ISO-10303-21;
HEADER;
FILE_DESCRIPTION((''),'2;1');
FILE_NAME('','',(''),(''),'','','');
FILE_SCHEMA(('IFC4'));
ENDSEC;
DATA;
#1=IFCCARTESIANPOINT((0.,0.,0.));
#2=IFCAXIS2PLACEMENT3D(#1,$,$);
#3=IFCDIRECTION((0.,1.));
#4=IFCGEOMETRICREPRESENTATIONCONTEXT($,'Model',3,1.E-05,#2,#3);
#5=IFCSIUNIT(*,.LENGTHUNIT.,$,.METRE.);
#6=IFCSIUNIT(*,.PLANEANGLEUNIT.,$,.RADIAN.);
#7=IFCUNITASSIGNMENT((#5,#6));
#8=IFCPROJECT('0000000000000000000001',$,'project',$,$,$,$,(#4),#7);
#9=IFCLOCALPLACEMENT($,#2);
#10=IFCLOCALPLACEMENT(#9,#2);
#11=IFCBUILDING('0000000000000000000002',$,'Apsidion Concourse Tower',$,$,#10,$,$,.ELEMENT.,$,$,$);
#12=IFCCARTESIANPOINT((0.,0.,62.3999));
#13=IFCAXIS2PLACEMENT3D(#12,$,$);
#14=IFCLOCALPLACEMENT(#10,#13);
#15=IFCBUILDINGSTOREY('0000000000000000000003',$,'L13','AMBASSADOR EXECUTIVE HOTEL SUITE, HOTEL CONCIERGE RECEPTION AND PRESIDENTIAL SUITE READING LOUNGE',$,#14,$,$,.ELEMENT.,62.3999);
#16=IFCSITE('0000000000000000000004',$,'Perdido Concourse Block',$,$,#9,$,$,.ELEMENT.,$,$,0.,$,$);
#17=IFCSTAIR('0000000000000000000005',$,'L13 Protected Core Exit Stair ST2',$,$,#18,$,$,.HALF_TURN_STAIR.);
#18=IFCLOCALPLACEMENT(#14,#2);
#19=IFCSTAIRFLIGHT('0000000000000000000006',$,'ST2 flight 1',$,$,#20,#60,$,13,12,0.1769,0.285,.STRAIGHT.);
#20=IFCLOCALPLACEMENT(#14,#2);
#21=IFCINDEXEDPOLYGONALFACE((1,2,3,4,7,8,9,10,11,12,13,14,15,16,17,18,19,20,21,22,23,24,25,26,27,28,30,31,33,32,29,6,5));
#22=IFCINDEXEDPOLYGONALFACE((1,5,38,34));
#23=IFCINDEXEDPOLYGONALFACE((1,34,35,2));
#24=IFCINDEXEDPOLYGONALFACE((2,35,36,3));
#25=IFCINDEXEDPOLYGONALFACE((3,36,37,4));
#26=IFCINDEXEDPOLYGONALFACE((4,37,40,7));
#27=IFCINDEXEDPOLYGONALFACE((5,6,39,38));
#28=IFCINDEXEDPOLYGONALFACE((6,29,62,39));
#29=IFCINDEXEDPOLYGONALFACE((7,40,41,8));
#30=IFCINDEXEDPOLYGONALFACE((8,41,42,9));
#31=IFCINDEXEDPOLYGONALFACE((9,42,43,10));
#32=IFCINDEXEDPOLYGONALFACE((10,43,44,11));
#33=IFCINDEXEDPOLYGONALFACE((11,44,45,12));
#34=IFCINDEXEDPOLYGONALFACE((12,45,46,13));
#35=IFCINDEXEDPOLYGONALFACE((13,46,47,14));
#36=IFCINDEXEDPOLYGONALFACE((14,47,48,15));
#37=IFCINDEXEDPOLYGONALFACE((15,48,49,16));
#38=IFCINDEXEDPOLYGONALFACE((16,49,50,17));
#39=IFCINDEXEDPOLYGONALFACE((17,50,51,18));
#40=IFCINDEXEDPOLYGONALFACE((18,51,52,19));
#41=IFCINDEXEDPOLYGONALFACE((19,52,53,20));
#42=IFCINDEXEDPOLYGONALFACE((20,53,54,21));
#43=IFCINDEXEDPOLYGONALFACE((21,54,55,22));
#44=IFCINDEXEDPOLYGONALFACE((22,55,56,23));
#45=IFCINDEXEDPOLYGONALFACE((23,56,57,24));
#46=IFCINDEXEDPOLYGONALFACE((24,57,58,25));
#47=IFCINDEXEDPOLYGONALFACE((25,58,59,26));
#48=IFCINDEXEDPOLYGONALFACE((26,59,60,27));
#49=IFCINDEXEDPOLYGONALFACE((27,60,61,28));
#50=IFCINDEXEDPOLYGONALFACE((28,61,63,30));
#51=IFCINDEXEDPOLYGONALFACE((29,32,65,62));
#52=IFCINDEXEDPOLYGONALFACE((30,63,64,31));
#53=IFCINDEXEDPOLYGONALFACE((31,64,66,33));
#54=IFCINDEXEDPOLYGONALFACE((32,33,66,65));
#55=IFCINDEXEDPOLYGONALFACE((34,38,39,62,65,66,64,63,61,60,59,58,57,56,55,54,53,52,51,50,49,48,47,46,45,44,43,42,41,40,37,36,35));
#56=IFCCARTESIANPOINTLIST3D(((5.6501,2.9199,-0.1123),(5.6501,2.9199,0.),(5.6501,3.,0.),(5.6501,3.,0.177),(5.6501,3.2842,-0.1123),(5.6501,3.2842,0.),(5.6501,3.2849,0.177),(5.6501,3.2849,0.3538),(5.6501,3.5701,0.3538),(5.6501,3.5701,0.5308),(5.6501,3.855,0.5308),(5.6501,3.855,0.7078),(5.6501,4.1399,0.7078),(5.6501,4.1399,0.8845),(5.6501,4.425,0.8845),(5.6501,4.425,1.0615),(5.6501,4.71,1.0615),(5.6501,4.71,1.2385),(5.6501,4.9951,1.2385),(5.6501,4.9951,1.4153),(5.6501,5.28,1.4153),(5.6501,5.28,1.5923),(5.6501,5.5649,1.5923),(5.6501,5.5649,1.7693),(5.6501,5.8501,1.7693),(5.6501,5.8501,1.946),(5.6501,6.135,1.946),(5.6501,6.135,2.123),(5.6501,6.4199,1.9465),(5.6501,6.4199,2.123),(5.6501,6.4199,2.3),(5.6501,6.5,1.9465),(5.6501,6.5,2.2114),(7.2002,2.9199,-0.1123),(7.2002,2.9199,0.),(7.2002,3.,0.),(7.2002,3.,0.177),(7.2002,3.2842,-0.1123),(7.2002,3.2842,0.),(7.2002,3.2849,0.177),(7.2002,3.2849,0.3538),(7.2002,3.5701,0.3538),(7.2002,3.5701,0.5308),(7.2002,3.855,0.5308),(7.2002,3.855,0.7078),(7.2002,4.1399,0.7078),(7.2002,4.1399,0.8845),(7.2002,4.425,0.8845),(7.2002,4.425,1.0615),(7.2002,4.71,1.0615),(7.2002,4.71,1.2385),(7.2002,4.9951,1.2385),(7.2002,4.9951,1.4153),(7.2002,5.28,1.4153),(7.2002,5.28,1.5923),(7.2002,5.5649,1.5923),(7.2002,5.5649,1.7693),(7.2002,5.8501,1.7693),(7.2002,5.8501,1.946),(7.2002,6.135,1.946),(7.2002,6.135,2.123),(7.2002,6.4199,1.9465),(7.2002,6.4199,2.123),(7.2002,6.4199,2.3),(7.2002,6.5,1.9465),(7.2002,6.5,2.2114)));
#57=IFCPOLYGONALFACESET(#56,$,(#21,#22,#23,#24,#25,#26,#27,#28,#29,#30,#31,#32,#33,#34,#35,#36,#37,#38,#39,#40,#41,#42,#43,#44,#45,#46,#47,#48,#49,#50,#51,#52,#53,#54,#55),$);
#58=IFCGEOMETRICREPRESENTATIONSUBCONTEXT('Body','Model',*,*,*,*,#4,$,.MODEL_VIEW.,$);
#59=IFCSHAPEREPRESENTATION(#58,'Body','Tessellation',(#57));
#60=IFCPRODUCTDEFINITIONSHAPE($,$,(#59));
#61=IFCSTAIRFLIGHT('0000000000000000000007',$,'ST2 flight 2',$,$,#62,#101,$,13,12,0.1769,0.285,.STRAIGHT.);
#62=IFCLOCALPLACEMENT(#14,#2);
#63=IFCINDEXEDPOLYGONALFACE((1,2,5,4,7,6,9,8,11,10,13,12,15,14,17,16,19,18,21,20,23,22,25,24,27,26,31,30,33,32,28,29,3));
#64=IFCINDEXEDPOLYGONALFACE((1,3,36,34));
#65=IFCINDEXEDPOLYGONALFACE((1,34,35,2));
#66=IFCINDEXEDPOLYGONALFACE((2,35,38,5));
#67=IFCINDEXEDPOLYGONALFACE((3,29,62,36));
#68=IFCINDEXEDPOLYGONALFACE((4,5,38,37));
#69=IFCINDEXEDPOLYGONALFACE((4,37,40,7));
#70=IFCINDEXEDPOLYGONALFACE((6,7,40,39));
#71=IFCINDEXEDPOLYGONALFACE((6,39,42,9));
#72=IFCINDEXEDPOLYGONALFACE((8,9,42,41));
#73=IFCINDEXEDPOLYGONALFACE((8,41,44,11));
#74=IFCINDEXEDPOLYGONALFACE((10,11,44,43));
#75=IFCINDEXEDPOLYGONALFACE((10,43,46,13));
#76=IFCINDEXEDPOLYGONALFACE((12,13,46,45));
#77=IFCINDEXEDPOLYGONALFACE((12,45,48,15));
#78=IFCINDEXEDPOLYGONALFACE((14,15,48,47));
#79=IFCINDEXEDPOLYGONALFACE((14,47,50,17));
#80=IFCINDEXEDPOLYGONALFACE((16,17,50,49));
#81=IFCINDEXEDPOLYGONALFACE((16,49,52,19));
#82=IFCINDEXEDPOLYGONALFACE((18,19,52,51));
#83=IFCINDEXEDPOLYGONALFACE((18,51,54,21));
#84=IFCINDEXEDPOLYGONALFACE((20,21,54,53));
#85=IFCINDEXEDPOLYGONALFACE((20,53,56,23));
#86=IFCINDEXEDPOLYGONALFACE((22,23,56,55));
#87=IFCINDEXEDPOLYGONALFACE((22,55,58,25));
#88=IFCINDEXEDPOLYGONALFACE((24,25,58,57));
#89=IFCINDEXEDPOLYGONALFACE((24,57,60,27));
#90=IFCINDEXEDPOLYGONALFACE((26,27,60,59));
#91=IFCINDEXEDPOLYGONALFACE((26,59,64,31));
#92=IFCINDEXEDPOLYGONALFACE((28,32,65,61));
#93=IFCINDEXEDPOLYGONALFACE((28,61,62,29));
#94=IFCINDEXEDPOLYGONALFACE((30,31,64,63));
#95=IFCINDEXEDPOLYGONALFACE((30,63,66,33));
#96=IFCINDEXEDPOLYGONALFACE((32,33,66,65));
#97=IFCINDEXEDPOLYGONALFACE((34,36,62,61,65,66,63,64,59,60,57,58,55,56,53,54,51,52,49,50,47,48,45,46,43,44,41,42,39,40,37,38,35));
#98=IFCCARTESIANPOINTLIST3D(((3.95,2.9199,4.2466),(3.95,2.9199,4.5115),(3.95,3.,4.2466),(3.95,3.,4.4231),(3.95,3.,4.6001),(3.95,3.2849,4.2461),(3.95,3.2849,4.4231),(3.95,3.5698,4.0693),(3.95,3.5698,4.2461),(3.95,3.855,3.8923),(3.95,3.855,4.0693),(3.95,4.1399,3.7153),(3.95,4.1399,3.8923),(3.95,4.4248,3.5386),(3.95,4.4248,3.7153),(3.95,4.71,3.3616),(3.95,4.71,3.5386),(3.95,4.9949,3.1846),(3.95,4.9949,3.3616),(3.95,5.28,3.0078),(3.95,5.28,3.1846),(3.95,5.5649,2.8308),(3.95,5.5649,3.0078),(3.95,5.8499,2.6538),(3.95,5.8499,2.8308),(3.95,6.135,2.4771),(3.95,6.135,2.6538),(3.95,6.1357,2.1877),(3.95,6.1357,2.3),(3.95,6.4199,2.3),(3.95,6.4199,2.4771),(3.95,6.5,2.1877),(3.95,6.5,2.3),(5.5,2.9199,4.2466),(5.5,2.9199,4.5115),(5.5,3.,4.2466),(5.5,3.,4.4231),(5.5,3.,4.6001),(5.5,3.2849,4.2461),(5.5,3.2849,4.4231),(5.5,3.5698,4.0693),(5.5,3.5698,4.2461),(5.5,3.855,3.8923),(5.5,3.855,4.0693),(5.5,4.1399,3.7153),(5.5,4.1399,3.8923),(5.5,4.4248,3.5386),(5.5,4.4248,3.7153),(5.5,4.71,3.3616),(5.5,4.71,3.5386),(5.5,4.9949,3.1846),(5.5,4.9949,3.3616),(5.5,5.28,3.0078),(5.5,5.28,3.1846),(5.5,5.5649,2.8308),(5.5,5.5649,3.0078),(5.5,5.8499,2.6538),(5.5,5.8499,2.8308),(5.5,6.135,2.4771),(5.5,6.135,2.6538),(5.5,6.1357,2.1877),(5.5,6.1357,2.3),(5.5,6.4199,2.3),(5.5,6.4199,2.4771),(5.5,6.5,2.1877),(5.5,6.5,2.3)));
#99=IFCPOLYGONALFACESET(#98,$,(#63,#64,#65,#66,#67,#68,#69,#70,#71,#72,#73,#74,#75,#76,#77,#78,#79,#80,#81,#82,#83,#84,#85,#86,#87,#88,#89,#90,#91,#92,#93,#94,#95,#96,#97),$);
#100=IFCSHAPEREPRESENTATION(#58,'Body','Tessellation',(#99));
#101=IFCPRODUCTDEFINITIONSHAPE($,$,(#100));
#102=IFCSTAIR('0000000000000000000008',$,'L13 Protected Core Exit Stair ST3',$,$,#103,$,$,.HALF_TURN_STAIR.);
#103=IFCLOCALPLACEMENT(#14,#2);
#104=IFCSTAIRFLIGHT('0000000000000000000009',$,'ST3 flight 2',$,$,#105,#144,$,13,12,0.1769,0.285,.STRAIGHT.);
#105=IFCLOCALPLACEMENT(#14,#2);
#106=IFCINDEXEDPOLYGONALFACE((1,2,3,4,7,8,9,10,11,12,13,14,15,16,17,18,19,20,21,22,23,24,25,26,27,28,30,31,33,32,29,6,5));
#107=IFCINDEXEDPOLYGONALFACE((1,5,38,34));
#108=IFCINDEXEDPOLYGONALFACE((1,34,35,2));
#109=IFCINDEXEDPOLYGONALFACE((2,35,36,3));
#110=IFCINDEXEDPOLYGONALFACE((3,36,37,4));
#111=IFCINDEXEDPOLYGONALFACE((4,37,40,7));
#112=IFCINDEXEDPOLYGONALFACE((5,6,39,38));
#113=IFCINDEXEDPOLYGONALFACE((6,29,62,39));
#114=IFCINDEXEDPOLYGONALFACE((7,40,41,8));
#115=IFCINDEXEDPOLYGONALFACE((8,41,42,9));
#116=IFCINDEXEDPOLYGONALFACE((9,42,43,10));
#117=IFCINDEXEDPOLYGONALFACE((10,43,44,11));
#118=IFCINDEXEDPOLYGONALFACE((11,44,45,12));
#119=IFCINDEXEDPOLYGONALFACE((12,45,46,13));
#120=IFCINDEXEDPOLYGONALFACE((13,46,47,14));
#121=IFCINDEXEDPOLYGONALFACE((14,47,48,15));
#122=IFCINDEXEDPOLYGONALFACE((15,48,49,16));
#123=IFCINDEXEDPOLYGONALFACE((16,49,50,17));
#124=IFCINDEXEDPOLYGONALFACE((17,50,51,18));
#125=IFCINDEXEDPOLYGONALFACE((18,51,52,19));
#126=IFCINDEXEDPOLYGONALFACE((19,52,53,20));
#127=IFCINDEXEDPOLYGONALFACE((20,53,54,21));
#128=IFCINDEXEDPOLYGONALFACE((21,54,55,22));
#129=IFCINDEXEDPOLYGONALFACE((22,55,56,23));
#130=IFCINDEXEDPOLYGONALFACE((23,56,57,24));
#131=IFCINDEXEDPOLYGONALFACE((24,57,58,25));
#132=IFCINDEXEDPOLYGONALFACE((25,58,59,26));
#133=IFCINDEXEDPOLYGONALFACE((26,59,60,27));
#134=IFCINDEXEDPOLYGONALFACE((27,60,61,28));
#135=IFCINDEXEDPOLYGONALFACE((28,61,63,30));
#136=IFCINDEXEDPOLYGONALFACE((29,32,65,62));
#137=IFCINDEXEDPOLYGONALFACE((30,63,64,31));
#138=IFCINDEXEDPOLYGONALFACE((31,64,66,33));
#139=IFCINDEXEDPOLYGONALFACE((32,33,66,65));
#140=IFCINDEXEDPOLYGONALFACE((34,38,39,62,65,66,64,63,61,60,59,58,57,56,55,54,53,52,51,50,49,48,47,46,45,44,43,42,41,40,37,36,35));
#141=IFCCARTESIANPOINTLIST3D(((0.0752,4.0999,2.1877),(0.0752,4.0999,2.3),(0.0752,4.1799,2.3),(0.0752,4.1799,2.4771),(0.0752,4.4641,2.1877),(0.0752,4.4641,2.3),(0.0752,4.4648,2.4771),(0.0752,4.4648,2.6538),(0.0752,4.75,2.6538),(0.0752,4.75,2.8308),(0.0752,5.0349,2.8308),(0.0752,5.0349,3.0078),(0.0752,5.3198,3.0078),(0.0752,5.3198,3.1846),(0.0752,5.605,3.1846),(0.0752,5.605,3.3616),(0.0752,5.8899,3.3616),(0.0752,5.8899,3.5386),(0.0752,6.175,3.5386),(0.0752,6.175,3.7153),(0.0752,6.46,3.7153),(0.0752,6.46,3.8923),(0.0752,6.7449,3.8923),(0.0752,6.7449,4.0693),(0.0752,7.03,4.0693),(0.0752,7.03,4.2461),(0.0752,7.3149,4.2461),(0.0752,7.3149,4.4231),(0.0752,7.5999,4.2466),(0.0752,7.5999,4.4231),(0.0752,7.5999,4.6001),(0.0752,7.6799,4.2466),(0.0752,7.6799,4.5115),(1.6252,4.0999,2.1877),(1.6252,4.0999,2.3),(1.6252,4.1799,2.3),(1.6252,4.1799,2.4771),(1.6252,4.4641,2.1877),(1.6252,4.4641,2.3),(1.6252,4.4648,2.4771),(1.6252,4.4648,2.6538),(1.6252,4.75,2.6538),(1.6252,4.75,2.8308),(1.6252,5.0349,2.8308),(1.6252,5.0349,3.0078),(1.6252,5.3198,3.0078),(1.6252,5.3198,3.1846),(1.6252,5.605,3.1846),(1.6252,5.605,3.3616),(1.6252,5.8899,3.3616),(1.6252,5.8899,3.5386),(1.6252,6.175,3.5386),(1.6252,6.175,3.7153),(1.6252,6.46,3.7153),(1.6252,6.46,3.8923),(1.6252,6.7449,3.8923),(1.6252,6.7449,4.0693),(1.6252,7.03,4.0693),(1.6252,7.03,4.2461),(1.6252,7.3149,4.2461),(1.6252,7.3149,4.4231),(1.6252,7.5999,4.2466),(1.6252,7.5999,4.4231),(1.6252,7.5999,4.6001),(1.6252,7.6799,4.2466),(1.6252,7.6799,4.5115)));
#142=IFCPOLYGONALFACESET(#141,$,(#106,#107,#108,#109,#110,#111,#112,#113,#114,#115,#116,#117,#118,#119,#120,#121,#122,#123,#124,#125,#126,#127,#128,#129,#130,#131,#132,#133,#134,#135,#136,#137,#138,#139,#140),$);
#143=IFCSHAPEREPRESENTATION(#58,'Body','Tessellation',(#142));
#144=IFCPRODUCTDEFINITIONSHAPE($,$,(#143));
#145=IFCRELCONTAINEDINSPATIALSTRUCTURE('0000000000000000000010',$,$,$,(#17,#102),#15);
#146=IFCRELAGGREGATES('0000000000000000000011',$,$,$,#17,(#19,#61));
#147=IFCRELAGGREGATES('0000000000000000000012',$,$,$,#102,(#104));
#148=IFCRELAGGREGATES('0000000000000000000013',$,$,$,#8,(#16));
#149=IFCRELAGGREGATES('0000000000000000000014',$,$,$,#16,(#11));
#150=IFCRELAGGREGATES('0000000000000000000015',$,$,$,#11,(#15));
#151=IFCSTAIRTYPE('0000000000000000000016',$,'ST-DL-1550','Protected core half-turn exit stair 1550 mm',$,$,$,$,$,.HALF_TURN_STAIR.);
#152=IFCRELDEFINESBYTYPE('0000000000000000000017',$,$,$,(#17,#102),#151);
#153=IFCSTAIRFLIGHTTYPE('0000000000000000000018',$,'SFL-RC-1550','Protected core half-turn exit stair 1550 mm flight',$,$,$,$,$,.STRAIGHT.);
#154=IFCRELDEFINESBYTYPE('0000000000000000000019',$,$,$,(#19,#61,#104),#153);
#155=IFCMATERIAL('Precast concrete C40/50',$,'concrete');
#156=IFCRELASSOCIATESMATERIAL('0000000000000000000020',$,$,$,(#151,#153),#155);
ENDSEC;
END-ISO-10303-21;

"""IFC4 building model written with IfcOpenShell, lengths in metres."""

from ifc_helpers import new_model, si_unit, direction, frame, origin, place, context, subcontext, project, spatial, polyline, outline, extrude, material, type_object, element, aggregate, save


model = new_model("IFC4")

# Units and contexts
model_context = context("Model", 3, precision=1e-05, world=origin(), true_north=direction((0.0, 1.0)))
body_context = subcontext(model_context, "Body", "Model", "MODEL_VIEW")
ifc_project = project(units=[si_unit("LENGTHUNIT", "METRE"), si_unit("PLANEANGLEUNIT", "RADIAN")], contexts=[model_context])

# Site, building, storey
site_placement = place(None, origin())
site = spatial("IfcSite", under=ifc_project, at=site_placement, Name="Perdido Concourse Block", CompositionType="ELEMENT", RefElevation=0.0)
building_placement = place(site_placement, origin())
building = spatial("IfcBuilding", under=site, at=building_placement, Name="Apsidion Concourse Tower", CompositionType="ELEMENT")
storey_placement = place(building_placement, frame((0.0, 0.0, 62.3999)))
storey = spatial("IfcBuildingStorey", under=building, at=storey_placement, Name="L13", Description="AMBASSADOR EXECUTIVE HOTEL SUITE, HOTEL CONCIERGE RECEPTION AND PRESIDENTIAL SUITE READING LOUNGE", CompositionType="ELEMENT", Elevation=62.3999)

# Stair, stair flights
ifc_material_1 = material(Name="Precast concrete C40/50", Category="concrete")
stair_type = type_object("IfcStairType", Name="ST-DL-1550", Description="Protected core half-turn exit stair 1550 mm", PredefinedType="HALF_TURN_STAIR", material=ifc_material_1)
stair_1_placement = place(storey_placement, origin())
stair_1 = element("IfcStair", 1, at=stair_1_placement, inside=storey, type_object=stair_type, Name="L13 Protected Core Exit Stair ST2", PredefinedType="HALF_TURN_STAIR")
stair_flight_type = type_object("IfcStairFlightType", Name="SFL-RC-1550", Description="Protected core half-turn exit stair 1550 mm flight", PredefinedType="STRAIGHT", material=ifc_material_1)
stair_flight_1_placement = place(storey_placement, frame((6.425, 3.0, 0.0), z_axis=(0.0, 0.0, 1.0), x_axis=(0.0, 1.0, 0.0)))
stair_flight_1 = element("IfcStairFlight", 2, at=stair_flight_1_placement, type_object=stair_flight_type, Name="ST2 flight 1", NumberOfRisers=13, NumberOfTreads=12, PredefinedType="STRAIGHT", RiserHeight=0.1769, TreadLength=0.285, context=body_context, shape_type="SweptSolid", body=[
    extrude(outline(polyline([(-0.0801, -0.1123), (-0.0801, 0.0), (0.0, 0.0), (0.0, 0.177), (0.2849, 0.177), (0.2849, 0.3538), (0.5701, 0.3538), (0.5701, 0.5308), (0.855, 0.5308), (0.855, 0.7078), (1.1399, 0.7078), (1.1399, 0.8845), (1.425, 0.8845), (1.425, 1.0615), (1.71, 1.0615), (1.71, 1.2385), (1.9951, 1.2385), (1.9951, 1.4153), (2.28, 1.4153), (2.28, 1.5923), (2.5649, 1.5923), (2.5649, 1.7693), (2.8501, 1.7693), (2.8501, 1.946), (3.135, 1.946), (3.135, 2.123), (3.4199, 2.123), (3.4199, 2.3), (3.5, 2.2114), (3.5, 1.9465), (3.4199, 1.9465), (0.2842, 0.0), (0.2842, -0.1123), (-0.0801, -0.1123)])), frame((0.0, 0.7749, 0.0), z_axis=(0.0, -1.0, 0.0), x_axis=(1.0, 0.0, 0.0)), (0.0, 0.0, 1.0), 1.55),
])
stair_flight_2_placement = place(storey_placement, frame((4.7251, 6.4199, 2.3), z_axis=(0.0, 0.0, 1.0), x_axis=(0.0, -1.0, 0.0)))
stair_flight_2 = element("IfcStairFlight", 3, at=stair_flight_2_placement, type_object=stair_flight_type, Name="ST2 flight 2", NumberOfRisers=13, NumberOfTreads=12, PredefinedType="STRAIGHT", RiserHeight=0.1769, TreadLength=0.285, context=body_context, shape_type="SweptSolid", body=[
    extrude(outline(polyline([(-0.0801, -0.1123), (-0.0801, 0.0), (0.0, 0.0), (0.0, 0.177), (0.2849, 0.177), (0.2849, 0.3538), (0.5701, 0.3538), (0.5701, 0.5308), (0.855, 0.5308), (0.855, 0.7078), (1.1399, 0.7078), (1.1399, 0.8845), (1.425, 0.8845), (1.425, 1.0615), (1.71, 1.0615), (1.71, 1.2385), (1.9951, 1.2385), (1.9951, 1.4153), (2.28, 1.4153), (2.28, 1.5923), (2.5649, 1.5923), (2.5649, 1.7693), (2.8501, 1.7693), (2.8501, 1.946), (3.135, 1.946), (3.135, 2.123), (3.4199, 2.123), (3.4199, 2.3), (3.5, 2.2114), (3.5, 1.9465), (3.4199, 1.9465), (0.2842, 0.0), (0.2842, -0.1123), (-0.0801, -0.1123)])), frame((0.0, 0.7749, 0.0), z_axis=(0.0, -1.0, 0.0), x_axis=(1.0, 0.0, 0.0)), (0.0, 0.0, 1.0), 1.55),
])
aggregate(stair_1, [stair_flight_1, stair_flight_2])

# Stair, stair flight
stair_2_placement = place(storey_placement, origin())
stair_2 = element("IfcStair", 4, at=stair_2_placement, inside=storey, type_object=stair_type, Name="L13 Protected Core Exit Stair ST3", PredefinedType="HALF_TURN_STAIR")
stair_flight_3_placement = place(storey_placement, frame((0.8501, 4.1799, 2.3), z_axis=(0.0, 0.0, 1.0), x_axis=(0.0, 1.0, 0.0)))
stair_flight_3 = element("IfcStairFlight", 5, at=stair_flight_3_placement, type_object=stair_flight_type, Name="ST3 flight 2", NumberOfRisers=13, NumberOfTreads=12, PredefinedType="STRAIGHT", RiserHeight=0.1769, TreadLength=0.285, context=body_context, shape_type="SweptSolid", body=[
    extrude(outline(polyline([(-0.0801, -0.1123), (-0.0801, 0.0), (0.0, 0.0), (0.0, 0.177), (0.2849, 0.177), (0.2849, 0.3538), (0.5701, 0.3538), (0.5701, 0.5308), (0.855, 0.5308), (0.855, 0.7078), (1.1399, 0.7078), (1.1399, 0.8845), (1.425, 0.8845), (1.425, 1.0615), (1.71, 1.0615), (1.71, 1.2385), (1.9951, 1.2385), (1.9951, 1.4153), (2.28, 1.4153), (2.28, 1.5923), (2.5649, 1.5923), (2.5649, 1.7693), (2.8501, 1.7693), (2.8501, 1.946), (3.135, 1.946), (3.135, 2.123), (3.4199, 2.123), (3.4199, 2.3), (3.5, 2.2114), (3.5, 1.9465), (3.4199, 1.9465), (0.2842, 0.0), (0.2842, -0.1123), (-0.0801, -0.1123)])), frame((0.0, 0.7749, 0.0), z_axis=(0.0, -1.0, 0.0), x_axis=(1.0, 0.0, 0.0)), (0.0, 0.0, 1.0), 1.55),
])
aggregate(stair_2, [stair_flight_3])

save(model, "model.ifc")
